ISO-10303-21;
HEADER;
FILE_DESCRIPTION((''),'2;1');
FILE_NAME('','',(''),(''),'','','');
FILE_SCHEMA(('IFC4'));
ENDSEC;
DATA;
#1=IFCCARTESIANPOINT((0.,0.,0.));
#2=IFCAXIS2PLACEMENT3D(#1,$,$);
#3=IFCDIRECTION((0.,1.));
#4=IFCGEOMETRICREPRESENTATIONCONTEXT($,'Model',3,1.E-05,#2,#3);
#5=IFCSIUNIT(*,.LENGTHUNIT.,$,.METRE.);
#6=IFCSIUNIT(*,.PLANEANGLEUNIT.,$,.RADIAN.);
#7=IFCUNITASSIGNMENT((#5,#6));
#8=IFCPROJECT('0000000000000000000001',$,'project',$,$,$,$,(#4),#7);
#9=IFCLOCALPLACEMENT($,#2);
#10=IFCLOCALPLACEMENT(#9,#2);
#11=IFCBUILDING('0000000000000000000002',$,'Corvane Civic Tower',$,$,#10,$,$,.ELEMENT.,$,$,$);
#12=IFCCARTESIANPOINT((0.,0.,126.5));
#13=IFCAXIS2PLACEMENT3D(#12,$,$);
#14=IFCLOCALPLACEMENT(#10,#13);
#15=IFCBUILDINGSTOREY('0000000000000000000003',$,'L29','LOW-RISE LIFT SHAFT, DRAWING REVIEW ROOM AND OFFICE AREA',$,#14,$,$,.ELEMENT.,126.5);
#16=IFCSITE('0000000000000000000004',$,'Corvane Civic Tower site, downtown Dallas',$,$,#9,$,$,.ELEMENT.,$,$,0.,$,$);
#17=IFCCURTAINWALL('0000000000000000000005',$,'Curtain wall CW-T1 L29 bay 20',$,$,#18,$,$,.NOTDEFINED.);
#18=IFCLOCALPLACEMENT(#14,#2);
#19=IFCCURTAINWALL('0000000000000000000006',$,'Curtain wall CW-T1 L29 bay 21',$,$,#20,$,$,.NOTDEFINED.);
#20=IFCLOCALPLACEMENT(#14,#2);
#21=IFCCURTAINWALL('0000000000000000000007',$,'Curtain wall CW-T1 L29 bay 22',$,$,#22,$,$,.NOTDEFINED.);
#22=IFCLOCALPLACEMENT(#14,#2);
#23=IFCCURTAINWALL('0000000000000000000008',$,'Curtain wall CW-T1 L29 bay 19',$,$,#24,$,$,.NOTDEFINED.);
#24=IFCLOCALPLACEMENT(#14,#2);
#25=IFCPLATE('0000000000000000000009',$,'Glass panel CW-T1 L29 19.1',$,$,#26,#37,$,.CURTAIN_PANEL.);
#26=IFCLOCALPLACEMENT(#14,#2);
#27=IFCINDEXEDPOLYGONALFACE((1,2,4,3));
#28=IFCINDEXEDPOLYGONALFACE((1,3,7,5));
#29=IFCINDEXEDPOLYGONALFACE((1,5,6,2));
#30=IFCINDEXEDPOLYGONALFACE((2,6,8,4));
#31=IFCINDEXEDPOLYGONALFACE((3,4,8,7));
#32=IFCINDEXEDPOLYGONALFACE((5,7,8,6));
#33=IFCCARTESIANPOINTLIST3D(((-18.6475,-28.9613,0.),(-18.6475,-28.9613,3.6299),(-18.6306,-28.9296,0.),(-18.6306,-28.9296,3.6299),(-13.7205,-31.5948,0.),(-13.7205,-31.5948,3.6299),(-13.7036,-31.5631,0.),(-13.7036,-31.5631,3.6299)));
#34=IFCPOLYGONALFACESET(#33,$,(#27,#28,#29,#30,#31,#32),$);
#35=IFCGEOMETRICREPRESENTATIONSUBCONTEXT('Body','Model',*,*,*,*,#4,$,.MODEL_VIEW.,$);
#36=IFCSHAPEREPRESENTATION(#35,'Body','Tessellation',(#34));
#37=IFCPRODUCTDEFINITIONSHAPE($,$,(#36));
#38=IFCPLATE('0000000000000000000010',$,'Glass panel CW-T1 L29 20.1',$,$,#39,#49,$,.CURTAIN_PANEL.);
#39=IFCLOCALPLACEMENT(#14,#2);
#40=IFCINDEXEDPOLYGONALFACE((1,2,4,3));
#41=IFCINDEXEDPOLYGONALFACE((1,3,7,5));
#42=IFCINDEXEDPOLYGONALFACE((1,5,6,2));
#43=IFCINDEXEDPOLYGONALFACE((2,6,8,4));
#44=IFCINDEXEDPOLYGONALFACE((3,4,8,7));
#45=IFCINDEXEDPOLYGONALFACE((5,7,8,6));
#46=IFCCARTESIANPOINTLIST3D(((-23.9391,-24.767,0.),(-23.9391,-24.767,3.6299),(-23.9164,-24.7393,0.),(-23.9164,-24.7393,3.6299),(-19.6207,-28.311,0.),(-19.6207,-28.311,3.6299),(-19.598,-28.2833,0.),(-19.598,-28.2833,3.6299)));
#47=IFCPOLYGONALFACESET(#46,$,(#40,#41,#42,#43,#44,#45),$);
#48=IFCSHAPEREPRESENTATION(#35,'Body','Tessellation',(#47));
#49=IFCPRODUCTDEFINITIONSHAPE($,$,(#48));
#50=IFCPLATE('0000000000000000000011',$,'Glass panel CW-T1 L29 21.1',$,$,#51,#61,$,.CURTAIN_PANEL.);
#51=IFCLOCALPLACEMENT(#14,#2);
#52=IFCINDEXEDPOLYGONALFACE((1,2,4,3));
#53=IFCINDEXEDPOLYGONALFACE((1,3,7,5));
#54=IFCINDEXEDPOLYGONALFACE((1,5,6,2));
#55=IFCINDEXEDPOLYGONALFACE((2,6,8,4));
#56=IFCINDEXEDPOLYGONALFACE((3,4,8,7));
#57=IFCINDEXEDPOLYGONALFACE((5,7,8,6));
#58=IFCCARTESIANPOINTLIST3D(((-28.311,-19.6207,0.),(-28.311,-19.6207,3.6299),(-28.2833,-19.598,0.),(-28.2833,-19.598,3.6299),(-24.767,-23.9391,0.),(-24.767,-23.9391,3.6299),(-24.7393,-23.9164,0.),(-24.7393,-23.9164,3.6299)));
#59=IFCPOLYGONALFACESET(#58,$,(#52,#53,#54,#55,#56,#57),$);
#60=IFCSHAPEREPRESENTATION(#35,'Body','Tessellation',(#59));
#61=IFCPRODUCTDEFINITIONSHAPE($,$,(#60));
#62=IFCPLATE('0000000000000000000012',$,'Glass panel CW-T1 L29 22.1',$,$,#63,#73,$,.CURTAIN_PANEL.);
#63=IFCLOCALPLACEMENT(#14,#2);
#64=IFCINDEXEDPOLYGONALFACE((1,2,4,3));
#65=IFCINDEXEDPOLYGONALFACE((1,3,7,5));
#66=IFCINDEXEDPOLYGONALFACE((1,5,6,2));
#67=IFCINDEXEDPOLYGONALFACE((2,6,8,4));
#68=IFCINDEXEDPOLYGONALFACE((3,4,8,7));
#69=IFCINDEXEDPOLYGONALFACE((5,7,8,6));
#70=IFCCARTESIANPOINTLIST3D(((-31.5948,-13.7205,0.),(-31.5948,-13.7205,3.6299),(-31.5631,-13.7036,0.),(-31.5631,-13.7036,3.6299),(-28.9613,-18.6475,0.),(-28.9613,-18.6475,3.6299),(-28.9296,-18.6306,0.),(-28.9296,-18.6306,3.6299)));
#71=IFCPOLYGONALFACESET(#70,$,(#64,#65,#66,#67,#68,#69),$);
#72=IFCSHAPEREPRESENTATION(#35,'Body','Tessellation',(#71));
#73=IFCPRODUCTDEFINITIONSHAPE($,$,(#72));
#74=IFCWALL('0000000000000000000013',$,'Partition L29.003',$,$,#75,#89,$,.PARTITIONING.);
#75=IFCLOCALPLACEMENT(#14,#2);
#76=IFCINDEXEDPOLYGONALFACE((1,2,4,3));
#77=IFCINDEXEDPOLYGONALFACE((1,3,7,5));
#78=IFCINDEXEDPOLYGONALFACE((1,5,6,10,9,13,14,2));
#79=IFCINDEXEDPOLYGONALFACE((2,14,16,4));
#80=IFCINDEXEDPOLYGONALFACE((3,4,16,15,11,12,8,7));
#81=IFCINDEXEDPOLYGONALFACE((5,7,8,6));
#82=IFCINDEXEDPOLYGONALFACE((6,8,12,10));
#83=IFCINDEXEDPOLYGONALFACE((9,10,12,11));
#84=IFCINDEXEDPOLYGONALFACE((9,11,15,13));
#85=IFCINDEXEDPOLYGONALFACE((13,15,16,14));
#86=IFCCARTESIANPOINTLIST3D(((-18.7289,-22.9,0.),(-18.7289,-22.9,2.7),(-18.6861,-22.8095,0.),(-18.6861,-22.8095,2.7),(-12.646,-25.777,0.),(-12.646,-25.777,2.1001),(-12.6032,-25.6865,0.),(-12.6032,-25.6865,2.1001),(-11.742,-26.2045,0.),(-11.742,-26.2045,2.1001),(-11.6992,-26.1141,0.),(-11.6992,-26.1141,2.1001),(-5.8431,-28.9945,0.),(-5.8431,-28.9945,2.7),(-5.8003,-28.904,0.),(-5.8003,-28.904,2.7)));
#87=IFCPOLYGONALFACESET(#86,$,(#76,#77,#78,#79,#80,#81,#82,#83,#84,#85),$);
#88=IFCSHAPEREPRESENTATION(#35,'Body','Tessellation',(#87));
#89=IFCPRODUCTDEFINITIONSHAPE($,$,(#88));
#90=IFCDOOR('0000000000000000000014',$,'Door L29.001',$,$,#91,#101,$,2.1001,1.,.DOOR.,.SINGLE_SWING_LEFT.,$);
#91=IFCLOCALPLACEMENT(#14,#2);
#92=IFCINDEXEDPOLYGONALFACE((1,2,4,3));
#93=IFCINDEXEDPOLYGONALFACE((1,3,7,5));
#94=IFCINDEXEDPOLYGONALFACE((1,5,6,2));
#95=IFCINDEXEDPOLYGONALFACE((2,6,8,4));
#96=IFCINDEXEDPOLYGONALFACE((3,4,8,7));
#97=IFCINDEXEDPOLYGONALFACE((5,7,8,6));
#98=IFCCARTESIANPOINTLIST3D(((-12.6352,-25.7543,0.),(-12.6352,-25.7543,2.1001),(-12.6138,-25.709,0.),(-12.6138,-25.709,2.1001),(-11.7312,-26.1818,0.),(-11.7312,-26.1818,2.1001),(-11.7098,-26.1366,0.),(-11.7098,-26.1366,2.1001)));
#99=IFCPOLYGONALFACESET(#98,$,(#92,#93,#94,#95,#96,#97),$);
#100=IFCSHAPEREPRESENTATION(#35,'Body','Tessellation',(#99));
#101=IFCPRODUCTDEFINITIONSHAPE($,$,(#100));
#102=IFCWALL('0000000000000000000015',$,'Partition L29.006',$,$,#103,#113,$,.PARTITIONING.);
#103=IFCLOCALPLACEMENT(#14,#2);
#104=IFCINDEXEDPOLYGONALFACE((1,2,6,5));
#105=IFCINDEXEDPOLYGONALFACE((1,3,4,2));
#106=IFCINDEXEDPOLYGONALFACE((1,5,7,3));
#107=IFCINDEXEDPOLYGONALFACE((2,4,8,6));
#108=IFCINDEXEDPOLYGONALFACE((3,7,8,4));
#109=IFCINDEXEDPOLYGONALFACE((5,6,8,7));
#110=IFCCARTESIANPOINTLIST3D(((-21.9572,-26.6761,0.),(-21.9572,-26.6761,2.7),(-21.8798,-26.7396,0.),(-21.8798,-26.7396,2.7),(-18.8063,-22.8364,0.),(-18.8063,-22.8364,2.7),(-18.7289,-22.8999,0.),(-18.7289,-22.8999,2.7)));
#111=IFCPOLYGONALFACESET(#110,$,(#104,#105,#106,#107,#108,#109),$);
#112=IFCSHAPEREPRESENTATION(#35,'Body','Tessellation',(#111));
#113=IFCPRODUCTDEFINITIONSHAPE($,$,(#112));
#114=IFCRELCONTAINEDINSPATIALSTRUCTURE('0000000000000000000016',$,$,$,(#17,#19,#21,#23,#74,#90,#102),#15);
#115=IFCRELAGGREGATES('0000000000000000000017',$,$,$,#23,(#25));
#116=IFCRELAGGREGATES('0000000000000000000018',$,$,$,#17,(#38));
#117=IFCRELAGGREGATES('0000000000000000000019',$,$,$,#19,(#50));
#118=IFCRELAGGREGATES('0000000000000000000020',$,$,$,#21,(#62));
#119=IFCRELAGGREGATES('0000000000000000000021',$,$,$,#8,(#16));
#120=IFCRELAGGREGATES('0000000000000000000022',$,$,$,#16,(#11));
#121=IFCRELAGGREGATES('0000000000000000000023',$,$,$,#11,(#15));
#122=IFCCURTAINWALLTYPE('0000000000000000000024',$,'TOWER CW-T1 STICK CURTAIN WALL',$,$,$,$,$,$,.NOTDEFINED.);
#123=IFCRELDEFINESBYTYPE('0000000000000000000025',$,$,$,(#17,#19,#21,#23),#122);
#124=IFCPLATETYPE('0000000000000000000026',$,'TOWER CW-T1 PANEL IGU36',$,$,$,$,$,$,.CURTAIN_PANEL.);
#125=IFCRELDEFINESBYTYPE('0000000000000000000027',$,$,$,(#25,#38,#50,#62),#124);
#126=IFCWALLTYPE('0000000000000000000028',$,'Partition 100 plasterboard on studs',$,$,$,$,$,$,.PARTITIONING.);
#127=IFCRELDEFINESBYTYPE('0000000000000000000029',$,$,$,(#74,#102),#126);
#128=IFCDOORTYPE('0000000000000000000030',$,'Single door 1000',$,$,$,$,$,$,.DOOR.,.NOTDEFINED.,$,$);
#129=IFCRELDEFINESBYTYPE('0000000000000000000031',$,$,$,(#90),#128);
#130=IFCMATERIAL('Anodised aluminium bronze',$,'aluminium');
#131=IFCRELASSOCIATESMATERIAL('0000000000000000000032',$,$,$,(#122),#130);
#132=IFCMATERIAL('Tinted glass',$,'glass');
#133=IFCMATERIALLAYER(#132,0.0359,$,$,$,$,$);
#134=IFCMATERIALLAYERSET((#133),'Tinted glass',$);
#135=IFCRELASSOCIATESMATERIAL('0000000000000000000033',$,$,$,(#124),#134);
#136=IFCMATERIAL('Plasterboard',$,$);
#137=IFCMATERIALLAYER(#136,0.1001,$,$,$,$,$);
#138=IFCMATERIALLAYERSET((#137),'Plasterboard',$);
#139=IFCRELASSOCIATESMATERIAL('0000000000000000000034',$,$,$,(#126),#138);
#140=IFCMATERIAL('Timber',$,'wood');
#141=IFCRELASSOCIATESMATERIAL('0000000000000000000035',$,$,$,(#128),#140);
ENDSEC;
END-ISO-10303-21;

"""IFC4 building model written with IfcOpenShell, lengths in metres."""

from ifc_helpers import new_model, si_unit, direction, frame, frame_2d, origin, origin_2d, place, context, subcontext, project, spatial, rectangle, extrude, material, layer, layer_set, type_object, element, fill, aggregate, save


model = new_model("IFC4")

# Units and contexts
model_context = context("Model", 3, precision=1e-05, world=origin(), true_north=direction((0.0, 1.0)))
body_context = subcontext(model_context, "Body", "Model", "MODEL_VIEW")
ifc_project = project(units=[si_unit("LENGTHUNIT", "METRE"), si_unit("PLANEANGLEUNIT", "RADIAN")], contexts=[model_context])

# Site, building, storey
site_placement = place(None, origin())
site = spatial("IfcSite", under=ifc_project, at=site_placement, Name="Corvane Civic Tower site, downtown Dallas", CompositionType="ELEMENT", RefElevation=0.0)
building_placement = place(site_placement, origin())
building = spatial("IfcBuilding", under=site, at=building_placement, Name="Corvane Civic Tower", CompositionType="ELEMENT")
storey_placement = place(building_placement, frame((0.0, 0.0, 126.5)))
storey = spatial("IfcBuildingStorey", under=building, at=storey_placement, Name="L29", Description="LOW-RISE LIFT SHAFT, DRAWING REVIEW ROOM AND OFFICE AREA", CompositionType="ELEMENT", Elevation=126.5)

# Curtain walls
ifc_material_1 = material(Name="Anodised aluminium bronze", Category="aluminium")
curtain_wall_type = type_object("IfcCurtainWallType", Name="TOWER CW-T1 STICK CURTAIN WALL", PredefinedType="NOTDEFINED", material=ifc_material_1)
curtain_wall_1_placement = place(storey_placement, origin())
curtain_wall_1 = element("IfcCurtainWall", 1, at=curtain_wall_1_placement, inside=storey, type_object=curtain_wall_type, Name="Curtain wall CW-T1 L29 bay 20", PredefinedType="NOTDEFINED")
curtain_wall_2_placement = place(storey_placement, origin())
curtain_wall_2 = element("IfcCurtainWall", 2, at=curtain_wall_2_placement, inside=storey, type_object=curtain_wall_type, Name="Curtain wall CW-T1 L29 bay 21", PredefinedType="NOTDEFINED")
curtain_wall_3_placement = place(storey_placement, origin())
curtain_wall_3 = element("IfcCurtainWall", 3, at=curtain_wall_3_placement, inside=storey, type_object=curtain_wall_type, Name="Curtain wall CW-T1 L29 bay 22", PredefinedType="NOTDEFINED")

# Curtain wall, plate
curtain_wall_4_placement = place(storey_placement, origin())
curtain_wall_4 = element("IfcCurtainWall", 4, at=curtain_wall_4_placement, inside=storey, type_object=curtain_wall_type, Name="Curtain wall CW-T1 L29 bay 19", PredefinedType="NOTDEFINED")
ifc_material_2 = material(Name="Tinted glass", Category="glass")
ifc_layer_1 = layer(ifc_material_2, 0.0359)
ifc_layer_set_1 = layer_set([ifc_layer_1], Name="Tinted glass")
plate_type = type_object("IfcPlateType", Name="TOWER CW-T1 PANEL IGU36", PredefinedType="CURTAIN_PANEL", material=ifc_layer_set_1)
plate_1_placement = place(storey_placement, frame((-16.1755, -30.2622, 0.0), z_axis=(0.0, 0.0, 1.0), x_axis=(-0.881924, 0.471392, 0.0)))
plate_1 = element("IfcPlate", 5, at=plate_1_placement, type_object=plate_type, Name="Glass panel CW-T1 L29 19.1", PredefinedType="CURTAIN_PANEL", context=body_context, shape_type="SweptSolid", body=[
    extrude(rectangle(XDim=5.5867, YDim=0.0359, at=origin_2d()), origin(), (0.0, 0.0, 1.0), 3.6299),
])
aggregate(curtain_wall_4, [plate_1])

# Plates
plate_2_placement = place(storey_placement, frame((-21.7686, -26.5251, 0.0), z_axis=(0.0, 0.0, 1.0), x_axis=(-0.773013, 0.63439, 0.0)))
plate_2 = element("IfcPlate", 6, at=plate_2_placement, type_object=plate_type, Name="Glass panel CW-T1 L29 20.1", PredefinedType="CURTAIN_PANEL", context=body_context, shape_type="SweptSolid", body=[
    extrude(rectangle(XDim=5.5864, YDim=0.0359, at=origin_2d()), origin(), (0.0, 0.0, 1.0), 3.6299),
])
aggregate(curtain_wall_1, [plate_2])
plate_3_placement = place(storey_placement, frame((-26.5251, -21.7686, 0.0), z_axis=(0.0, 0.0, 1.0), x_axis=(-0.63439, 0.773013, 0.0)))
plate_3 = element("IfcPlate", 7, at=plate_3_placement, type_object=plate_type, Name="Glass panel CW-T1 L29 21.1", PredefinedType="CURTAIN_PANEL", context=body_context, shape_type="SweptSolid", body=[
    extrude(rectangle(XDim=5.5864, YDim=0.0359, at=origin_2d()), origin(), (0.0, 0.0, 1.0), 3.6299),
])
aggregate(curtain_wall_2, [plate_3])
plate_4_placement = place(storey_placement, frame((-30.2622, -16.1755, 0.0), z_axis=(0.0, 0.0, 1.0), x_axis=(-0.471392, 0.881924, 0.0)))
plate_4 = element("IfcPlate", 8, at=plate_4_placement, type_object=plate_type, Name="Glass panel CW-T1 L29 22.1", PredefinedType="CURTAIN_PANEL", context=body_context, shape_type="SweptSolid", body=[
    extrude(rectangle(XDim=5.5867, YDim=0.0359, at=origin_2d()), origin(), (0.0, 0.0, 1.0), 3.6299),
])
aggregate(curtain_wall_3, [plate_4])

# Wall, opening, door
ifc_material_3 = material(Name="Plasterboard")
ifc_layer_2 = layer(ifc_material_3, 0.1001)
ifc_layer_set_2 = layer_set([ifc_layer_2], Name="Plasterboard")
wall_type_1 = type_object("IfcWallType", Name="Partition 100 plasterboard on studs", PredefinedType="PARTITIONING", material=ifc_layer_set_2)
wall_1_placement = place(storey_placement, frame((-18.7075, -22.8547, 0.0), z_axis=(0.0, 0.0, 1.0), x_axis=(0.90399, -0.427554, 0.0)))
wall_1 = element("IfcWall", 9, at=wall_1_placement, inside=storey, type_object=wall_type_1, Name="Partition L29.003", PredefinedType="PARTITIONING", context=body_context, shape_type="SweptSolid", body=[
    extrude(rectangle(XDim=14.2544, YDim=0.1001, at=frame_2d((7.1272, 0.0))), origin(), (0.0, 0.0, 1.0), 2.7),
])
opening_1_placement = place(wall_1_placement, frame((6.729, 0.0, 0.0)))
opening_1 = element("IfcOpeningElement", 10, at=opening_1_placement, cuts=wall_1, PredefinedType="OPENING", context=body_context, shape_type="SweptSolid", body=[
    extrude(rectangle(XDim=1.0, YDim=2.1001, at=frame_2d((0.5, 1.05))), frame((0.0, 0.0601, 0.0), z_axis=(0.0, -1.0, 0.0), x_axis=(1.0, 0.0, 0.0)), (0.0, 0.0, 1.0), 0.1201),
])
ifc_material_4 = material(Name="Timber", Category="wood")
door_type_1 = type_object("IfcDoorType", Name="Single door 1000", OperationType="NOTDEFINED", PredefinedType="DOOR", material=ifc_material_4)
door_1_placement = place(opening_1_placement, frame((1.0, 0.0, 0.0), z_axis=(0.0, 0.0, 1.0), x_axis=(-1.0, 0.0, 0.0)))
door_1 = element("IfcDoor", 11, at=door_1_placement, inside=storey, type_object=door_type_1, Name="Door L29.001", OperationType="SINGLE_SWING_LEFT", OverallHeight=2.1001, OverallWidth=1.0, PredefinedType="DOOR", context=body_context, shape_type="SweptSolid", body=[
    extrude(rectangle(XDim=1.0, YDim=2.1001, at=frame_2d((0.5, 1.05))), frame((0.0, 0.0249, 0.0), z_axis=(0.0, -1.0, 0.0), x_axis=(1.0, 0.0, 0.0)), (0.0, 0.0, 1.0), 0.05),
])
fill(opening_1, door_1)

# Wall
wall_2_placement = place(storey_placement, frame((-21.9185, -26.7078, 0.0), z_axis=(0.0, 0.0, 1.0), x_axis=(0.634369, 0.77303, 0.0)))
element("IfcWall", 12, at=wall_2_placement, inside=storey, type_object=wall_type_1, Name="Partition L29.006", PredefinedType="PARTITIONING", context=body_context, shape_type="SweptSolid", body=[
    extrude(rectangle(XDim=4.967, YDim=0.1001, at=frame_2d((2.4834, 0.0))), origin(), (0.0, 0.0, 1.0), 2.7),
])

save(model, "model.ifc")
